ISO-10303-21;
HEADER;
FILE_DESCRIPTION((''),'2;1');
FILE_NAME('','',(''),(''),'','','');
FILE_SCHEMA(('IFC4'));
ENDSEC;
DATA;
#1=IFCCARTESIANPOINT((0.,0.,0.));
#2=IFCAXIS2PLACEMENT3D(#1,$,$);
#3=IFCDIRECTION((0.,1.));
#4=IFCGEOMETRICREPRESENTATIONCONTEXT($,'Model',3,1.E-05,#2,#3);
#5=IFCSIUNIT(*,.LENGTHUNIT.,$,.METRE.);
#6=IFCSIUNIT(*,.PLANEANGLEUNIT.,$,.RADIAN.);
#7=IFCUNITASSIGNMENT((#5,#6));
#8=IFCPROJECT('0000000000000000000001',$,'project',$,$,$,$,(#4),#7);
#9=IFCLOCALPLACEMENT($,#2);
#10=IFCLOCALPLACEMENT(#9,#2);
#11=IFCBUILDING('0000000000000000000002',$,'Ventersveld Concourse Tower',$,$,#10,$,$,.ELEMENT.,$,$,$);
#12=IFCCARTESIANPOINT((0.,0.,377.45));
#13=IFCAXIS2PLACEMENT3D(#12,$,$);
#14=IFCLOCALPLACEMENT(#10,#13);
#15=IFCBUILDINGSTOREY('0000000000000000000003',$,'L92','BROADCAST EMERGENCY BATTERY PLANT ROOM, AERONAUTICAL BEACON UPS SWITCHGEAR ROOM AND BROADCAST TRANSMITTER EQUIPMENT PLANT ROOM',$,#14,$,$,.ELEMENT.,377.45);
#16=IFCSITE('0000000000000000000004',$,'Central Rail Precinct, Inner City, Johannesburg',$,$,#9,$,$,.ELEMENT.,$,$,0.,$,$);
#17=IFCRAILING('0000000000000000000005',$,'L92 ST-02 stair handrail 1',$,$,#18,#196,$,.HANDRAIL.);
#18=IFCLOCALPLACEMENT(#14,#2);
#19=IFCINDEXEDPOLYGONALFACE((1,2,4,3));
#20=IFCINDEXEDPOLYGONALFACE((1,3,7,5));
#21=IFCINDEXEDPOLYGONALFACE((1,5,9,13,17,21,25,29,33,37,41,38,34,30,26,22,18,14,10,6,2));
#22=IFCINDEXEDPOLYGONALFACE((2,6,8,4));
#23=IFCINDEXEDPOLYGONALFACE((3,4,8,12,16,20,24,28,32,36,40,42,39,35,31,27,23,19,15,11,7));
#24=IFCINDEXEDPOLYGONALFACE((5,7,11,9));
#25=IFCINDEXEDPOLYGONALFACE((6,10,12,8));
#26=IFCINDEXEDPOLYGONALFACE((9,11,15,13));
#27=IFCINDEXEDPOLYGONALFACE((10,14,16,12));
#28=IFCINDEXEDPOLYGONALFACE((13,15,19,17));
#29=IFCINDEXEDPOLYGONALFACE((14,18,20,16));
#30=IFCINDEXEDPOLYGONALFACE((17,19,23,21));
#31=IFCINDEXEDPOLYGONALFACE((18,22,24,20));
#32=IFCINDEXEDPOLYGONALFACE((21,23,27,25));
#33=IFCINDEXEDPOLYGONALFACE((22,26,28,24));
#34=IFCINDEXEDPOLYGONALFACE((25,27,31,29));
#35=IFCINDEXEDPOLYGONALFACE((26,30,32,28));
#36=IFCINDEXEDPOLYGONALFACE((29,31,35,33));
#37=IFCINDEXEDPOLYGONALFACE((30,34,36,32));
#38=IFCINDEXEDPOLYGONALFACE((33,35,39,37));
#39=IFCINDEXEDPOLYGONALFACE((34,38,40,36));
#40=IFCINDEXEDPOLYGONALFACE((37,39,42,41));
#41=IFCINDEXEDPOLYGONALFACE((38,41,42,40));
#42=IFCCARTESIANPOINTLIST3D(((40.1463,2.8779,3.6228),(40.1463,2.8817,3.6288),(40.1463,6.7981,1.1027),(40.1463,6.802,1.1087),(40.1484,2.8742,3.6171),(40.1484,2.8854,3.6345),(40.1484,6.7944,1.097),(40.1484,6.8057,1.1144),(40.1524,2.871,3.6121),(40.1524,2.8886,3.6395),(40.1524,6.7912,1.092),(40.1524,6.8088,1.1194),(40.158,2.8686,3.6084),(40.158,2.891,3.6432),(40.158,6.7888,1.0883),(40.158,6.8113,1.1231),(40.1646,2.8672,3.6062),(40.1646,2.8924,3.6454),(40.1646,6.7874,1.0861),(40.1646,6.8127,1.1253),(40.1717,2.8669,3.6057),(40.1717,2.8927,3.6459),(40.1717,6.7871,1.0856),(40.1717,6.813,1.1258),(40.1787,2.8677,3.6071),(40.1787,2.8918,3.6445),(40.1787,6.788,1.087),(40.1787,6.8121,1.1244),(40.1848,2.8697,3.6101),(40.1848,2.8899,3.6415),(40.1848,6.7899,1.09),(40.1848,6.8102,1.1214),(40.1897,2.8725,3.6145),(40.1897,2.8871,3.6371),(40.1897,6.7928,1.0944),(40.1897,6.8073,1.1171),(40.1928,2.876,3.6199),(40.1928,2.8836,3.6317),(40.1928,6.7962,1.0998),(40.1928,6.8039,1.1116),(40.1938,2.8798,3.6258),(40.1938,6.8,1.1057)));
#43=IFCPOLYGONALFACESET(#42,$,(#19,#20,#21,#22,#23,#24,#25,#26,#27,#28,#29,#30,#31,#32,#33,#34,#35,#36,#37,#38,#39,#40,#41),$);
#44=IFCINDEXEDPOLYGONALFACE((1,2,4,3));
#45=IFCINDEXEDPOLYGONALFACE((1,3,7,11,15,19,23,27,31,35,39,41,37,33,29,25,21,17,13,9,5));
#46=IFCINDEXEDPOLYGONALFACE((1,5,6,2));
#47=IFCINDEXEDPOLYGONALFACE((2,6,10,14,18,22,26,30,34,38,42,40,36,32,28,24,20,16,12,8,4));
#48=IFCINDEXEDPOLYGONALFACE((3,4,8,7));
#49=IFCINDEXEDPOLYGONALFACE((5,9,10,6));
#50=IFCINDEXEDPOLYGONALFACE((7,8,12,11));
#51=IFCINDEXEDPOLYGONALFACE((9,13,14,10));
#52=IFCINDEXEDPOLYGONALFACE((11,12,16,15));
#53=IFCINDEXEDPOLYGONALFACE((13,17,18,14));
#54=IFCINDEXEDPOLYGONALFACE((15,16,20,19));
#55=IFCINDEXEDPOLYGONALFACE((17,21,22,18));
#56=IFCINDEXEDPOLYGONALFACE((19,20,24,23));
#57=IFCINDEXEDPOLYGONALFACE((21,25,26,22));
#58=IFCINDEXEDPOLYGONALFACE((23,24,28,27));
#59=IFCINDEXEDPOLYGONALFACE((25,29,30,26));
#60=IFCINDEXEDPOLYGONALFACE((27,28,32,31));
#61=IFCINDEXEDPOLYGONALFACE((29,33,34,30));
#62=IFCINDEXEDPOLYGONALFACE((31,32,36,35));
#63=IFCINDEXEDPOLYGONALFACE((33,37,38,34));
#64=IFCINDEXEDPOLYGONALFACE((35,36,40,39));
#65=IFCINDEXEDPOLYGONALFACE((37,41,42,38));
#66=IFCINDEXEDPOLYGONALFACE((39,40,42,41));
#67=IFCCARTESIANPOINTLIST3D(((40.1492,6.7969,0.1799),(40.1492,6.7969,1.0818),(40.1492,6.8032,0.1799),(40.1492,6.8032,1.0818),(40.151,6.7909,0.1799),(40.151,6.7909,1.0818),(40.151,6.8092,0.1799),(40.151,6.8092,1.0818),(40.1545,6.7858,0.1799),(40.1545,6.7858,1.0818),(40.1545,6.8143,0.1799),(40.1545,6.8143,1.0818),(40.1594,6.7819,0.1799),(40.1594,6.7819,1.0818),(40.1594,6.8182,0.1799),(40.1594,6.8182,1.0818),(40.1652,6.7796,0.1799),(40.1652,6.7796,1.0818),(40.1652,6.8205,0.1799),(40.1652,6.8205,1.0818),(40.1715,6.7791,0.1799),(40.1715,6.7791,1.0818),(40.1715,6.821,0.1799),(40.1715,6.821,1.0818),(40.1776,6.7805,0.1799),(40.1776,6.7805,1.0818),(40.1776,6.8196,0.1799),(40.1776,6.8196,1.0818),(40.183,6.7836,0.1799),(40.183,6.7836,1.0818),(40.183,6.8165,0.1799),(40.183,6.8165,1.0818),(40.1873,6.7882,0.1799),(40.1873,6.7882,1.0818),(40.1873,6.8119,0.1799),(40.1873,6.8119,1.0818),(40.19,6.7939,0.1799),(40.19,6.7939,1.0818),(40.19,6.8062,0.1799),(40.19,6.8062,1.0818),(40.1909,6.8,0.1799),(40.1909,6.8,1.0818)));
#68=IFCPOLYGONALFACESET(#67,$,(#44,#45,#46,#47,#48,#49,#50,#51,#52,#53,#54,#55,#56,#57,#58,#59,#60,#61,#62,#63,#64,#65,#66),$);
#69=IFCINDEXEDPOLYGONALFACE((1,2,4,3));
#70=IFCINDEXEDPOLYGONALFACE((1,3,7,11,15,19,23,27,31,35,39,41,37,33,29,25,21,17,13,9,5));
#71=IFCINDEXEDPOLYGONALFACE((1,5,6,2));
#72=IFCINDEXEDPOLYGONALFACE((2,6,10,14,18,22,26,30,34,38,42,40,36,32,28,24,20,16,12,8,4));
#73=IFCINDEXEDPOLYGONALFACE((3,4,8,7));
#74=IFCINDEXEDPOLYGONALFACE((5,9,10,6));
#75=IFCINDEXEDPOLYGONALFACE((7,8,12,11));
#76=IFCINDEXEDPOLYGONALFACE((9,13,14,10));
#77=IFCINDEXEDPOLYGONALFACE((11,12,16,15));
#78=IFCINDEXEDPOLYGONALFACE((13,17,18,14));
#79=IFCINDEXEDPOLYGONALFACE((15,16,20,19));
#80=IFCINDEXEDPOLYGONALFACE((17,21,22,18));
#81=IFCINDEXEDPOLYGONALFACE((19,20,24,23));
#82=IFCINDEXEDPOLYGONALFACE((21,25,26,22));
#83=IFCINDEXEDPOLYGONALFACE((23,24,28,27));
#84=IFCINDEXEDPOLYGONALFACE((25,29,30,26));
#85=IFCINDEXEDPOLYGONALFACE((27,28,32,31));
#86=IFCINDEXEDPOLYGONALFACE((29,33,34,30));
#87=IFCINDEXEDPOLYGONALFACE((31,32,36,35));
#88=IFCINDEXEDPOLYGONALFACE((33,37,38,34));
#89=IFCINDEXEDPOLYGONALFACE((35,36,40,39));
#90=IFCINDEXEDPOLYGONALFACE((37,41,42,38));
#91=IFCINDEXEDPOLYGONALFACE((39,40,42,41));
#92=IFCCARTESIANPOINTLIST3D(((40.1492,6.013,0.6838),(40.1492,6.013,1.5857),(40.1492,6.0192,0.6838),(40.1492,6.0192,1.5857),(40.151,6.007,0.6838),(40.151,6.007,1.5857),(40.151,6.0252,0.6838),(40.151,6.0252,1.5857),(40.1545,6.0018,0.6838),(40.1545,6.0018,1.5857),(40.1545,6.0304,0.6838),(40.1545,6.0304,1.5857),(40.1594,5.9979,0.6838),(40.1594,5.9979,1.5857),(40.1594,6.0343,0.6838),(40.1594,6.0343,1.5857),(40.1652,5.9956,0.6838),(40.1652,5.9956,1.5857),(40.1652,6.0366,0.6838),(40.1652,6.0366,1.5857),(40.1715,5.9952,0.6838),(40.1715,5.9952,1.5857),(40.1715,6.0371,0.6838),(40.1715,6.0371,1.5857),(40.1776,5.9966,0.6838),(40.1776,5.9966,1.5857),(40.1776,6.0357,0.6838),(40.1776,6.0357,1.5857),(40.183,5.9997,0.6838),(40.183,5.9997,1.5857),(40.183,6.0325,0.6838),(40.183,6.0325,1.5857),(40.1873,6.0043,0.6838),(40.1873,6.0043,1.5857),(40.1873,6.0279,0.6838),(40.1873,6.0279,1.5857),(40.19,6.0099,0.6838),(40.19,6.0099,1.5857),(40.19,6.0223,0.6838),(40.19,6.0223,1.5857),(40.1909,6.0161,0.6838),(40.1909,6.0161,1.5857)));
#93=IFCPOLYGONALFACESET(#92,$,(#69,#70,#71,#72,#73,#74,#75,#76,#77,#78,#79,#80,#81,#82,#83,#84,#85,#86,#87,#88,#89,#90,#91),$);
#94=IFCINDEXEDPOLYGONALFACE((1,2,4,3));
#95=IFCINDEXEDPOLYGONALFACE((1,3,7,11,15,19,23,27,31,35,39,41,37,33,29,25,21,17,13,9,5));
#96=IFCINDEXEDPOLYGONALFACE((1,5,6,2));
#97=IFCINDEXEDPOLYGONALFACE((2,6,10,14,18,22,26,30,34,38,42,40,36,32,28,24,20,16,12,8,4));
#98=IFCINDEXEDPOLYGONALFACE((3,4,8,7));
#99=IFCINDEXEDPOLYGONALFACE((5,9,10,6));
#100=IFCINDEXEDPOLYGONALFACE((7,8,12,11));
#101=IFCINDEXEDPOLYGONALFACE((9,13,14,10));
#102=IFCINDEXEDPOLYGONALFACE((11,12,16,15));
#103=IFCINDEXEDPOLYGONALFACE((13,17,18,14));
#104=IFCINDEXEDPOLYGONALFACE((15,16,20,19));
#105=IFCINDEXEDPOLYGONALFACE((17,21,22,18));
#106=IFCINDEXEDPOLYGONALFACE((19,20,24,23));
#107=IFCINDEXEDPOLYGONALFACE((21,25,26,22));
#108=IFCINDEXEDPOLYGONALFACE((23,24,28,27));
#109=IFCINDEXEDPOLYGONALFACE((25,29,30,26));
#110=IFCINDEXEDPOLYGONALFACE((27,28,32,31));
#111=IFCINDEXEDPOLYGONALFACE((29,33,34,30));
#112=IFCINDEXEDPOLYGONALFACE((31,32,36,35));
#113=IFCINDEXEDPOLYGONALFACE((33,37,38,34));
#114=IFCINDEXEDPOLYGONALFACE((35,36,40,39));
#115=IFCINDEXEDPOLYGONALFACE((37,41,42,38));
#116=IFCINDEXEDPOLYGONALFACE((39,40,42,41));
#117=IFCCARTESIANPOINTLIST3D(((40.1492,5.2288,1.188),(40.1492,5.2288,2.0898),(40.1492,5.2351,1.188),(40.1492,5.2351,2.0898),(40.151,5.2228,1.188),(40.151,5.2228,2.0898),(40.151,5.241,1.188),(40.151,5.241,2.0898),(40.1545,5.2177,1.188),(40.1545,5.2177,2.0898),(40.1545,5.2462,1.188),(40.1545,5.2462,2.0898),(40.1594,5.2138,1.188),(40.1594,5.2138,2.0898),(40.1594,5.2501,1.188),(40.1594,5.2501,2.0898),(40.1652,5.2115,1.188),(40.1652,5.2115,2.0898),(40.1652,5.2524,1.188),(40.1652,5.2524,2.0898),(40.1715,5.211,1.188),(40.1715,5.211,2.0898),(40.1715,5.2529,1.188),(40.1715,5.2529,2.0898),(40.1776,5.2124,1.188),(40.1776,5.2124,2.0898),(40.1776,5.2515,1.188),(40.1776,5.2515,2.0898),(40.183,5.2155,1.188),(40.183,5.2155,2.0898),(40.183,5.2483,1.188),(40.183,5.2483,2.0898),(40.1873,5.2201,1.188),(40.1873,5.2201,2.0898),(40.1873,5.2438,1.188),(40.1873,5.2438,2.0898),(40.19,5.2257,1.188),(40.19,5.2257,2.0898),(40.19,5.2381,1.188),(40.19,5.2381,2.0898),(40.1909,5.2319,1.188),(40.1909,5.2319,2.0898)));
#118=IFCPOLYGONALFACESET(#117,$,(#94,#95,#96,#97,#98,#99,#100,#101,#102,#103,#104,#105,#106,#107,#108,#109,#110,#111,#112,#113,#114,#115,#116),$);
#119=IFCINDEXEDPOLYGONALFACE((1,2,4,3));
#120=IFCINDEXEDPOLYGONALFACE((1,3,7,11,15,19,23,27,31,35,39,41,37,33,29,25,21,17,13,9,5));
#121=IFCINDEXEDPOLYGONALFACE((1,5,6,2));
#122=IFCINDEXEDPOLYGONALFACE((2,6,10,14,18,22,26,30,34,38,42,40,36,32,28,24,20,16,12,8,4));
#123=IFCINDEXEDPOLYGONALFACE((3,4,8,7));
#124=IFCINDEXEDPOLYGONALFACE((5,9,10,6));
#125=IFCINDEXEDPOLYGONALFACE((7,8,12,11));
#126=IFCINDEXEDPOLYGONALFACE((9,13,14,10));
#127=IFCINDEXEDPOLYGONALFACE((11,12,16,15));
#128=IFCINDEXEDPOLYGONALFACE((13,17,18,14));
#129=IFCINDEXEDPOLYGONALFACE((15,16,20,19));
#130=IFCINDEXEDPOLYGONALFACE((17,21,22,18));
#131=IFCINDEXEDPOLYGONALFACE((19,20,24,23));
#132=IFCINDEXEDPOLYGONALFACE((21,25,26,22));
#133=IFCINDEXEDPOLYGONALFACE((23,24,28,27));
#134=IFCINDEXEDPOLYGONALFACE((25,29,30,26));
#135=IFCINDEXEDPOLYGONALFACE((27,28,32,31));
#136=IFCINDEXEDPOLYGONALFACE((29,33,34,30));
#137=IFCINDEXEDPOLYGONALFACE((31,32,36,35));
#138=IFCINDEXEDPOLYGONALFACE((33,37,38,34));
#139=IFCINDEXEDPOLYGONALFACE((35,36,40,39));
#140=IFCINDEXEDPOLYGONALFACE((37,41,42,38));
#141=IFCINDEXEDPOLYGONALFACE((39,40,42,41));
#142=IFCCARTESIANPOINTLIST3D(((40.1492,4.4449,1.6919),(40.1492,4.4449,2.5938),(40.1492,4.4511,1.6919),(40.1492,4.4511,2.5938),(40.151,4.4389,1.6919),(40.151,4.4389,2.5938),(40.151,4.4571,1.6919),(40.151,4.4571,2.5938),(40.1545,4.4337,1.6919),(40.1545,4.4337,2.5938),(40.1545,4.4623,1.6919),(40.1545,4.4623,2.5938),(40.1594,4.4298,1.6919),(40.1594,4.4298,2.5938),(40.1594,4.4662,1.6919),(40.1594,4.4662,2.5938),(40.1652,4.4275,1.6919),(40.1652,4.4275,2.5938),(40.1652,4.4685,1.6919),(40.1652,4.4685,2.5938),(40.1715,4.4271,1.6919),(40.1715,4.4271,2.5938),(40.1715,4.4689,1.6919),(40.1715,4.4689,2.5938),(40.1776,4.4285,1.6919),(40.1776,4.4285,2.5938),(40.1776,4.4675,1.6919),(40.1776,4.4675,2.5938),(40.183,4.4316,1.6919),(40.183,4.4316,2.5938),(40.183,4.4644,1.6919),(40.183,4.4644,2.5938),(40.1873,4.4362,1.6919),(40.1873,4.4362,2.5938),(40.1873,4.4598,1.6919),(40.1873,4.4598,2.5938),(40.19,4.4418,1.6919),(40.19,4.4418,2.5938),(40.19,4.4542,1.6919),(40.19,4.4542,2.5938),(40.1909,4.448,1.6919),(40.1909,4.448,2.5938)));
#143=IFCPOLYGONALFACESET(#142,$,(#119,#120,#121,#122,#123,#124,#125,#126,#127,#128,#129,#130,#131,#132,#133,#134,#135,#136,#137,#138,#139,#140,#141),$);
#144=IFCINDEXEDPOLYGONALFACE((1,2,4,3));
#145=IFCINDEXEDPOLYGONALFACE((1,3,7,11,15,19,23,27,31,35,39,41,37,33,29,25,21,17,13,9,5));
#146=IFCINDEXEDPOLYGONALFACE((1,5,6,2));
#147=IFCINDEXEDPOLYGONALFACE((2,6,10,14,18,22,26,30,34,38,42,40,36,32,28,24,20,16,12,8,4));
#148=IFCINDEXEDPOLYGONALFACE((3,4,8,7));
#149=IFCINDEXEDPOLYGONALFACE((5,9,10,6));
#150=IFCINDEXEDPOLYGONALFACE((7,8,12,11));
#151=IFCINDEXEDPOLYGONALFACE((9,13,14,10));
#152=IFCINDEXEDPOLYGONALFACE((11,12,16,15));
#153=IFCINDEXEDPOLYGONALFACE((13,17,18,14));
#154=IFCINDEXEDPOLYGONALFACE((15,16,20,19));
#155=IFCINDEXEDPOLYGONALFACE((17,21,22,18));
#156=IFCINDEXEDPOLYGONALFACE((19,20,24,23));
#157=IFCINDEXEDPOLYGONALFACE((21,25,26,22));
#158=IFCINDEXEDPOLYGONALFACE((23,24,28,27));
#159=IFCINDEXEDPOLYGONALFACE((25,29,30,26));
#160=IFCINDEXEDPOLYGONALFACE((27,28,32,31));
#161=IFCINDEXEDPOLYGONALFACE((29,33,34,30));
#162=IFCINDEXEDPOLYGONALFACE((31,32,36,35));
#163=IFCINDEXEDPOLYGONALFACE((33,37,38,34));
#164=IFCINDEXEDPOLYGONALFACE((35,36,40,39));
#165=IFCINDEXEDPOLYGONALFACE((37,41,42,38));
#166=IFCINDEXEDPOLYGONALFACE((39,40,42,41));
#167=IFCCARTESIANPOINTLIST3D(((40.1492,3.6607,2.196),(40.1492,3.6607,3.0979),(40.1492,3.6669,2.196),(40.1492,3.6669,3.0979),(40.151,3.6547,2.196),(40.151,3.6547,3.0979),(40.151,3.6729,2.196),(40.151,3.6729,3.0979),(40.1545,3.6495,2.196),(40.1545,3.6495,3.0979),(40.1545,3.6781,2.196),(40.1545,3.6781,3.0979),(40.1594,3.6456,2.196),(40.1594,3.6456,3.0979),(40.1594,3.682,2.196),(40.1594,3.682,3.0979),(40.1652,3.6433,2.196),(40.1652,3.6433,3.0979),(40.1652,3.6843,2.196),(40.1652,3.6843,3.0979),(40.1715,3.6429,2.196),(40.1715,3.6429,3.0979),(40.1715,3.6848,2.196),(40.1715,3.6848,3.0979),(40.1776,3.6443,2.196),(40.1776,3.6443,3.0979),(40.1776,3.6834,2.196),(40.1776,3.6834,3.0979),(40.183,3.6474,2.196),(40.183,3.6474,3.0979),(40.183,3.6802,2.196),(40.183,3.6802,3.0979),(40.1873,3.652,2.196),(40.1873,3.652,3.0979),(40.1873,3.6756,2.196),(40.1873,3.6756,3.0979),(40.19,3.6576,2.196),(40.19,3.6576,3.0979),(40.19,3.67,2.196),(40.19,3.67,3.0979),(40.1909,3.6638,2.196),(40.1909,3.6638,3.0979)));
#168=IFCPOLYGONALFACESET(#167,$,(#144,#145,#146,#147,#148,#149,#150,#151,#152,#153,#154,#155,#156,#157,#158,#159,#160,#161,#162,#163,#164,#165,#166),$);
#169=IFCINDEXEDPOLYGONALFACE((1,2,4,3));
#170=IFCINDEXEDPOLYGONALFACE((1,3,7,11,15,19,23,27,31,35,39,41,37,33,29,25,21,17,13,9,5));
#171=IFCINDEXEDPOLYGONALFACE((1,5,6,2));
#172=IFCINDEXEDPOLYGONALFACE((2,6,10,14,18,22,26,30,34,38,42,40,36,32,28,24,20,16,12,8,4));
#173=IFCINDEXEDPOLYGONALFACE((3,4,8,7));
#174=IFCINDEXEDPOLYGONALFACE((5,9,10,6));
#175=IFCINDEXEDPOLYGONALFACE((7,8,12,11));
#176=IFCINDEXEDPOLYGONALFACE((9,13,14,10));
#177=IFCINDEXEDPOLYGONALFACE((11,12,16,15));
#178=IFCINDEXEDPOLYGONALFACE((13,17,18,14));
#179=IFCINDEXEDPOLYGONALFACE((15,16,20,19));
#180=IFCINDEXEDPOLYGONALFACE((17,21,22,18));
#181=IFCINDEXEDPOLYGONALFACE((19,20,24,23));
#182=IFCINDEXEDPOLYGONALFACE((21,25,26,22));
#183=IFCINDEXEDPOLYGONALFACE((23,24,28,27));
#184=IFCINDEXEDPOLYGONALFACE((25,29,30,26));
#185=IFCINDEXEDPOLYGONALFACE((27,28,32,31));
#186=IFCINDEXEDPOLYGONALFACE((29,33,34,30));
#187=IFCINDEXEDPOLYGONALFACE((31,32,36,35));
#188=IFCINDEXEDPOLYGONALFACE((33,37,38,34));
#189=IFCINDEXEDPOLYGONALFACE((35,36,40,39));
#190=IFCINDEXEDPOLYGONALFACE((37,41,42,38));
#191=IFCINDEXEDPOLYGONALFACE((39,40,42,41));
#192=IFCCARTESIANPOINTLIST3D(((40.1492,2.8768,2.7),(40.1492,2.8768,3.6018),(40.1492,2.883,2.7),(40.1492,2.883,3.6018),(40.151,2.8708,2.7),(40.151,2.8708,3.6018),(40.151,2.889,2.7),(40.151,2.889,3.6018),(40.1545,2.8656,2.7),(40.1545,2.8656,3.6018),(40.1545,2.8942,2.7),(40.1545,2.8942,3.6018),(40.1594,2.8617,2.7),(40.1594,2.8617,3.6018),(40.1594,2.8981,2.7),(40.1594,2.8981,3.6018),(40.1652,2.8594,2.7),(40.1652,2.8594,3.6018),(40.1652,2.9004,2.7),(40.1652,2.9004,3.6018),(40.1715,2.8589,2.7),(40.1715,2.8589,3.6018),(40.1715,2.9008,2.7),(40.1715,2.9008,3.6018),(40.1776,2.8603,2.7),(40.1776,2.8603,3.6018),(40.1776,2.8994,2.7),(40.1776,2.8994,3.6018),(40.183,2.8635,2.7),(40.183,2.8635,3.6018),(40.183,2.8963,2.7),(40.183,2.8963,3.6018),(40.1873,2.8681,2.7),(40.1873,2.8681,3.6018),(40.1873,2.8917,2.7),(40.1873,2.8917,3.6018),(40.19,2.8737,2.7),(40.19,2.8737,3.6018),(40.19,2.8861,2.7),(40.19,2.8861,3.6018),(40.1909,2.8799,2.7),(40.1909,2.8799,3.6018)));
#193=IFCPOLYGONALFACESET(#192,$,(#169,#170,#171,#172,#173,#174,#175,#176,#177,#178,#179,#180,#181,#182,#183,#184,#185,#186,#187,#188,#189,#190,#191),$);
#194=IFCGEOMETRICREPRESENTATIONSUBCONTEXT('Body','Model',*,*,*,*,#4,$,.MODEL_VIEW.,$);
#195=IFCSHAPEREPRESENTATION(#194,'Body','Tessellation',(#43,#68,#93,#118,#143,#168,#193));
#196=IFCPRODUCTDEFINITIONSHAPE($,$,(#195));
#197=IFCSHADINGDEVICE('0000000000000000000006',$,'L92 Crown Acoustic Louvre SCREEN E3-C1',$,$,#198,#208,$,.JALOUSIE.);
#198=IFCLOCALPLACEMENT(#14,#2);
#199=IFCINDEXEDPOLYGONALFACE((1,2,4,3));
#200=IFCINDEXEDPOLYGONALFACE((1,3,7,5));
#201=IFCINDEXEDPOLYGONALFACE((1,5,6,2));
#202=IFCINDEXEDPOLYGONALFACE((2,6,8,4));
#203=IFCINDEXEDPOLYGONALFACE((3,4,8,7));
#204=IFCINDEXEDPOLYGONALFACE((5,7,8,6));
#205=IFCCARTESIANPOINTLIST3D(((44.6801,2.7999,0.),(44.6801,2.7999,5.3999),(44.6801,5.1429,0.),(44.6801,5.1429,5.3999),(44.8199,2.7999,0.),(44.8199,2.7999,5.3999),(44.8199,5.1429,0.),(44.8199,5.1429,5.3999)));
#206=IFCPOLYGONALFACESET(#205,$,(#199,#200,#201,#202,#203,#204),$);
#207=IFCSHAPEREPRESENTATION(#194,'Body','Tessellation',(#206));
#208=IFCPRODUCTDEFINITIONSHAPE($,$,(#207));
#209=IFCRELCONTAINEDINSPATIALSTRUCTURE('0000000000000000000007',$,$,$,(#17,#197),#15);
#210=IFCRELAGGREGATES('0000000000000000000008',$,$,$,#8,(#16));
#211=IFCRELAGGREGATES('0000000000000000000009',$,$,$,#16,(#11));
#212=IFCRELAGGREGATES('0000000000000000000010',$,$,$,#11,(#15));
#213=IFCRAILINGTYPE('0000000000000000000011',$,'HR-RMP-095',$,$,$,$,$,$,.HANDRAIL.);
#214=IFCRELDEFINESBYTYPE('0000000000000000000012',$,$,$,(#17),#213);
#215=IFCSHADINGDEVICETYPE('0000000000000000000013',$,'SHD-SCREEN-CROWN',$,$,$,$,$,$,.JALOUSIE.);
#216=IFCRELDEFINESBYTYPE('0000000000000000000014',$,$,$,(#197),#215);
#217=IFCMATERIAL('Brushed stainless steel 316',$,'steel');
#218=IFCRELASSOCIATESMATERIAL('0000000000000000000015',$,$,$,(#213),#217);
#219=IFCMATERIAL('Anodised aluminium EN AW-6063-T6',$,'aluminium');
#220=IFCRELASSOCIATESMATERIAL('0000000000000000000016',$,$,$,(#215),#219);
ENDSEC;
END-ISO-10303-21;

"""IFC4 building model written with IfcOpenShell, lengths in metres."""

from ifc_helpers import new_model, si_unit, direction, frame, origin, origin_2d, place, context, subcontext, project, spatial, rectangle, circle, extrude, material, type_object, element, save


model = new_model("IFC4")

# Units and contexts
model_context = context("Model", 3, precision=1e-05, world=origin(), true_north=direction((0.0, 1.0)))
body_context = subcontext(model_context, "Body", "Model", "MODEL_VIEW")
ifc_project = project(units=[si_unit("LENGTHUNIT", "METRE"), si_unit("PLANEANGLEUNIT", "RADIAN")], contexts=[model_context])

# Site, building, storey
site_placement = place(None, origin())
site = spatial("IfcSite", under=ifc_project, at=site_placement, Name="Central Rail Precinct, Inner City, Johannesburg", CompositionType="ELEMENT", RefElevation=0.0)
building_placement = place(site_placement, origin())
building = spatial("IfcBuilding", under=site, at=building_placement, Name="Ventersveld Concourse Tower", CompositionType="ELEMENT")
storey_placement = place(building_placement, frame((0.0, 0.0, 377.45)))
storey = spatial("IfcBuildingStorey", under=building, at=storey_placement, Name="L92", Description="BROADCAST EMERGENCY BATTERY PLANT ROOM, AERONAUTICAL BEACON UPS SWITCHGEAR ROOM AND BROADCAST TRANSMITTER EQUIPMENT PLANT ROOM", CompositionType="ELEMENT", Elevation=377.45)

# Railing
ifc_material_1 = material(Name="Brushed stainless steel 316", Category="steel")
railing_type_1 = type_object("IfcRailingType", Name="HR-RMP-095", PredefinedType="HANDRAIL", material=ifc_material_1)
railing_1_placement = place(storey_placement, frame((40.1699, 6.8, 0.1799)))
element("IfcRailing", 1, at=railing_1_placement, inside=storey, type_object=railing_type_1, Name="L92 ST-02 stair handrail 1", PredefinedType="HANDRAIL", context=body_context, shape_type="SweptSolid", body=[
    extrude(circle(Radius=0.0239, at=origin_2d()), frame((0.0, 0.0, 0.9258), z_axis=(0.0, -0.841187, 0.540744), x_axis=(1.0, 0.0, 0.0)), (0.0, 0.0, 1.0), 4.6604),
    extrude(circle(Radius=0.021, at=origin_2d()), origin(), (0.0, 0.0, 1.0), 0.9019),
    extrude(circle(Radius=0.021, at=origin_2d()), frame((0.0, -0.7839, 0.5039)), (0.0, 0.0, 1.0), 0.9019),
    extrude(circle(Radius=0.021, at=origin_2d()), frame((0.0, -1.5681, 1.0081)), (0.0, 0.0, 1.0), 0.9019),
    extrude(circle(Radius=0.021, at=origin_2d()), frame((0.0, -2.3521, 1.512)), (0.0, 0.0, 1.0), 0.9019),
    extrude(circle(Radius=0.021, at=origin_2d()), frame((0.0, -3.1362, 2.0161)), (0.0, 0.0, 1.0), 0.9019),
    extrude(circle(Radius=0.021, at=origin_2d()), frame((0.0, -3.9202, 2.52)), (0.0, 0.0, 1.0), 0.9019),
])

# Shading device
ifc_material_2 = material(Name="Anodised aluminium EN AW-6063-T6", Category="aluminium")
shading_device_type = type_object("IfcShadingDeviceType", Name="SHD-SCREEN-CROWN", PredefinedType="JALOUSIE", material=ifc_material_2)
for number, where, z_axis, x_axis, name in (
    (2, (44.75, 3.9714, 0.0), (0.0, 0.0, 1.0), (0.0, 1.0, 0.0), "L92 Crown Acoustic Louvre SCREEN E3-C1"),
):
    element("IfcShadingDevice", number, at=place(storey_placement, frame(where, z_axis=z_axis, x_axis=x_axis)), inside=storey, type_object=shading_device_type, Name=name, PredefinedType="JALOUSIE", context=body_context, shape_type="SweptSolid", body=[
        extrude(rectangle(XDim=2.343, YDim=0.1399, at=origin_2d()), origin(), (0.0, 0.0, 1.0), 5.3999),
    ])

save(model, "model.ifc")
